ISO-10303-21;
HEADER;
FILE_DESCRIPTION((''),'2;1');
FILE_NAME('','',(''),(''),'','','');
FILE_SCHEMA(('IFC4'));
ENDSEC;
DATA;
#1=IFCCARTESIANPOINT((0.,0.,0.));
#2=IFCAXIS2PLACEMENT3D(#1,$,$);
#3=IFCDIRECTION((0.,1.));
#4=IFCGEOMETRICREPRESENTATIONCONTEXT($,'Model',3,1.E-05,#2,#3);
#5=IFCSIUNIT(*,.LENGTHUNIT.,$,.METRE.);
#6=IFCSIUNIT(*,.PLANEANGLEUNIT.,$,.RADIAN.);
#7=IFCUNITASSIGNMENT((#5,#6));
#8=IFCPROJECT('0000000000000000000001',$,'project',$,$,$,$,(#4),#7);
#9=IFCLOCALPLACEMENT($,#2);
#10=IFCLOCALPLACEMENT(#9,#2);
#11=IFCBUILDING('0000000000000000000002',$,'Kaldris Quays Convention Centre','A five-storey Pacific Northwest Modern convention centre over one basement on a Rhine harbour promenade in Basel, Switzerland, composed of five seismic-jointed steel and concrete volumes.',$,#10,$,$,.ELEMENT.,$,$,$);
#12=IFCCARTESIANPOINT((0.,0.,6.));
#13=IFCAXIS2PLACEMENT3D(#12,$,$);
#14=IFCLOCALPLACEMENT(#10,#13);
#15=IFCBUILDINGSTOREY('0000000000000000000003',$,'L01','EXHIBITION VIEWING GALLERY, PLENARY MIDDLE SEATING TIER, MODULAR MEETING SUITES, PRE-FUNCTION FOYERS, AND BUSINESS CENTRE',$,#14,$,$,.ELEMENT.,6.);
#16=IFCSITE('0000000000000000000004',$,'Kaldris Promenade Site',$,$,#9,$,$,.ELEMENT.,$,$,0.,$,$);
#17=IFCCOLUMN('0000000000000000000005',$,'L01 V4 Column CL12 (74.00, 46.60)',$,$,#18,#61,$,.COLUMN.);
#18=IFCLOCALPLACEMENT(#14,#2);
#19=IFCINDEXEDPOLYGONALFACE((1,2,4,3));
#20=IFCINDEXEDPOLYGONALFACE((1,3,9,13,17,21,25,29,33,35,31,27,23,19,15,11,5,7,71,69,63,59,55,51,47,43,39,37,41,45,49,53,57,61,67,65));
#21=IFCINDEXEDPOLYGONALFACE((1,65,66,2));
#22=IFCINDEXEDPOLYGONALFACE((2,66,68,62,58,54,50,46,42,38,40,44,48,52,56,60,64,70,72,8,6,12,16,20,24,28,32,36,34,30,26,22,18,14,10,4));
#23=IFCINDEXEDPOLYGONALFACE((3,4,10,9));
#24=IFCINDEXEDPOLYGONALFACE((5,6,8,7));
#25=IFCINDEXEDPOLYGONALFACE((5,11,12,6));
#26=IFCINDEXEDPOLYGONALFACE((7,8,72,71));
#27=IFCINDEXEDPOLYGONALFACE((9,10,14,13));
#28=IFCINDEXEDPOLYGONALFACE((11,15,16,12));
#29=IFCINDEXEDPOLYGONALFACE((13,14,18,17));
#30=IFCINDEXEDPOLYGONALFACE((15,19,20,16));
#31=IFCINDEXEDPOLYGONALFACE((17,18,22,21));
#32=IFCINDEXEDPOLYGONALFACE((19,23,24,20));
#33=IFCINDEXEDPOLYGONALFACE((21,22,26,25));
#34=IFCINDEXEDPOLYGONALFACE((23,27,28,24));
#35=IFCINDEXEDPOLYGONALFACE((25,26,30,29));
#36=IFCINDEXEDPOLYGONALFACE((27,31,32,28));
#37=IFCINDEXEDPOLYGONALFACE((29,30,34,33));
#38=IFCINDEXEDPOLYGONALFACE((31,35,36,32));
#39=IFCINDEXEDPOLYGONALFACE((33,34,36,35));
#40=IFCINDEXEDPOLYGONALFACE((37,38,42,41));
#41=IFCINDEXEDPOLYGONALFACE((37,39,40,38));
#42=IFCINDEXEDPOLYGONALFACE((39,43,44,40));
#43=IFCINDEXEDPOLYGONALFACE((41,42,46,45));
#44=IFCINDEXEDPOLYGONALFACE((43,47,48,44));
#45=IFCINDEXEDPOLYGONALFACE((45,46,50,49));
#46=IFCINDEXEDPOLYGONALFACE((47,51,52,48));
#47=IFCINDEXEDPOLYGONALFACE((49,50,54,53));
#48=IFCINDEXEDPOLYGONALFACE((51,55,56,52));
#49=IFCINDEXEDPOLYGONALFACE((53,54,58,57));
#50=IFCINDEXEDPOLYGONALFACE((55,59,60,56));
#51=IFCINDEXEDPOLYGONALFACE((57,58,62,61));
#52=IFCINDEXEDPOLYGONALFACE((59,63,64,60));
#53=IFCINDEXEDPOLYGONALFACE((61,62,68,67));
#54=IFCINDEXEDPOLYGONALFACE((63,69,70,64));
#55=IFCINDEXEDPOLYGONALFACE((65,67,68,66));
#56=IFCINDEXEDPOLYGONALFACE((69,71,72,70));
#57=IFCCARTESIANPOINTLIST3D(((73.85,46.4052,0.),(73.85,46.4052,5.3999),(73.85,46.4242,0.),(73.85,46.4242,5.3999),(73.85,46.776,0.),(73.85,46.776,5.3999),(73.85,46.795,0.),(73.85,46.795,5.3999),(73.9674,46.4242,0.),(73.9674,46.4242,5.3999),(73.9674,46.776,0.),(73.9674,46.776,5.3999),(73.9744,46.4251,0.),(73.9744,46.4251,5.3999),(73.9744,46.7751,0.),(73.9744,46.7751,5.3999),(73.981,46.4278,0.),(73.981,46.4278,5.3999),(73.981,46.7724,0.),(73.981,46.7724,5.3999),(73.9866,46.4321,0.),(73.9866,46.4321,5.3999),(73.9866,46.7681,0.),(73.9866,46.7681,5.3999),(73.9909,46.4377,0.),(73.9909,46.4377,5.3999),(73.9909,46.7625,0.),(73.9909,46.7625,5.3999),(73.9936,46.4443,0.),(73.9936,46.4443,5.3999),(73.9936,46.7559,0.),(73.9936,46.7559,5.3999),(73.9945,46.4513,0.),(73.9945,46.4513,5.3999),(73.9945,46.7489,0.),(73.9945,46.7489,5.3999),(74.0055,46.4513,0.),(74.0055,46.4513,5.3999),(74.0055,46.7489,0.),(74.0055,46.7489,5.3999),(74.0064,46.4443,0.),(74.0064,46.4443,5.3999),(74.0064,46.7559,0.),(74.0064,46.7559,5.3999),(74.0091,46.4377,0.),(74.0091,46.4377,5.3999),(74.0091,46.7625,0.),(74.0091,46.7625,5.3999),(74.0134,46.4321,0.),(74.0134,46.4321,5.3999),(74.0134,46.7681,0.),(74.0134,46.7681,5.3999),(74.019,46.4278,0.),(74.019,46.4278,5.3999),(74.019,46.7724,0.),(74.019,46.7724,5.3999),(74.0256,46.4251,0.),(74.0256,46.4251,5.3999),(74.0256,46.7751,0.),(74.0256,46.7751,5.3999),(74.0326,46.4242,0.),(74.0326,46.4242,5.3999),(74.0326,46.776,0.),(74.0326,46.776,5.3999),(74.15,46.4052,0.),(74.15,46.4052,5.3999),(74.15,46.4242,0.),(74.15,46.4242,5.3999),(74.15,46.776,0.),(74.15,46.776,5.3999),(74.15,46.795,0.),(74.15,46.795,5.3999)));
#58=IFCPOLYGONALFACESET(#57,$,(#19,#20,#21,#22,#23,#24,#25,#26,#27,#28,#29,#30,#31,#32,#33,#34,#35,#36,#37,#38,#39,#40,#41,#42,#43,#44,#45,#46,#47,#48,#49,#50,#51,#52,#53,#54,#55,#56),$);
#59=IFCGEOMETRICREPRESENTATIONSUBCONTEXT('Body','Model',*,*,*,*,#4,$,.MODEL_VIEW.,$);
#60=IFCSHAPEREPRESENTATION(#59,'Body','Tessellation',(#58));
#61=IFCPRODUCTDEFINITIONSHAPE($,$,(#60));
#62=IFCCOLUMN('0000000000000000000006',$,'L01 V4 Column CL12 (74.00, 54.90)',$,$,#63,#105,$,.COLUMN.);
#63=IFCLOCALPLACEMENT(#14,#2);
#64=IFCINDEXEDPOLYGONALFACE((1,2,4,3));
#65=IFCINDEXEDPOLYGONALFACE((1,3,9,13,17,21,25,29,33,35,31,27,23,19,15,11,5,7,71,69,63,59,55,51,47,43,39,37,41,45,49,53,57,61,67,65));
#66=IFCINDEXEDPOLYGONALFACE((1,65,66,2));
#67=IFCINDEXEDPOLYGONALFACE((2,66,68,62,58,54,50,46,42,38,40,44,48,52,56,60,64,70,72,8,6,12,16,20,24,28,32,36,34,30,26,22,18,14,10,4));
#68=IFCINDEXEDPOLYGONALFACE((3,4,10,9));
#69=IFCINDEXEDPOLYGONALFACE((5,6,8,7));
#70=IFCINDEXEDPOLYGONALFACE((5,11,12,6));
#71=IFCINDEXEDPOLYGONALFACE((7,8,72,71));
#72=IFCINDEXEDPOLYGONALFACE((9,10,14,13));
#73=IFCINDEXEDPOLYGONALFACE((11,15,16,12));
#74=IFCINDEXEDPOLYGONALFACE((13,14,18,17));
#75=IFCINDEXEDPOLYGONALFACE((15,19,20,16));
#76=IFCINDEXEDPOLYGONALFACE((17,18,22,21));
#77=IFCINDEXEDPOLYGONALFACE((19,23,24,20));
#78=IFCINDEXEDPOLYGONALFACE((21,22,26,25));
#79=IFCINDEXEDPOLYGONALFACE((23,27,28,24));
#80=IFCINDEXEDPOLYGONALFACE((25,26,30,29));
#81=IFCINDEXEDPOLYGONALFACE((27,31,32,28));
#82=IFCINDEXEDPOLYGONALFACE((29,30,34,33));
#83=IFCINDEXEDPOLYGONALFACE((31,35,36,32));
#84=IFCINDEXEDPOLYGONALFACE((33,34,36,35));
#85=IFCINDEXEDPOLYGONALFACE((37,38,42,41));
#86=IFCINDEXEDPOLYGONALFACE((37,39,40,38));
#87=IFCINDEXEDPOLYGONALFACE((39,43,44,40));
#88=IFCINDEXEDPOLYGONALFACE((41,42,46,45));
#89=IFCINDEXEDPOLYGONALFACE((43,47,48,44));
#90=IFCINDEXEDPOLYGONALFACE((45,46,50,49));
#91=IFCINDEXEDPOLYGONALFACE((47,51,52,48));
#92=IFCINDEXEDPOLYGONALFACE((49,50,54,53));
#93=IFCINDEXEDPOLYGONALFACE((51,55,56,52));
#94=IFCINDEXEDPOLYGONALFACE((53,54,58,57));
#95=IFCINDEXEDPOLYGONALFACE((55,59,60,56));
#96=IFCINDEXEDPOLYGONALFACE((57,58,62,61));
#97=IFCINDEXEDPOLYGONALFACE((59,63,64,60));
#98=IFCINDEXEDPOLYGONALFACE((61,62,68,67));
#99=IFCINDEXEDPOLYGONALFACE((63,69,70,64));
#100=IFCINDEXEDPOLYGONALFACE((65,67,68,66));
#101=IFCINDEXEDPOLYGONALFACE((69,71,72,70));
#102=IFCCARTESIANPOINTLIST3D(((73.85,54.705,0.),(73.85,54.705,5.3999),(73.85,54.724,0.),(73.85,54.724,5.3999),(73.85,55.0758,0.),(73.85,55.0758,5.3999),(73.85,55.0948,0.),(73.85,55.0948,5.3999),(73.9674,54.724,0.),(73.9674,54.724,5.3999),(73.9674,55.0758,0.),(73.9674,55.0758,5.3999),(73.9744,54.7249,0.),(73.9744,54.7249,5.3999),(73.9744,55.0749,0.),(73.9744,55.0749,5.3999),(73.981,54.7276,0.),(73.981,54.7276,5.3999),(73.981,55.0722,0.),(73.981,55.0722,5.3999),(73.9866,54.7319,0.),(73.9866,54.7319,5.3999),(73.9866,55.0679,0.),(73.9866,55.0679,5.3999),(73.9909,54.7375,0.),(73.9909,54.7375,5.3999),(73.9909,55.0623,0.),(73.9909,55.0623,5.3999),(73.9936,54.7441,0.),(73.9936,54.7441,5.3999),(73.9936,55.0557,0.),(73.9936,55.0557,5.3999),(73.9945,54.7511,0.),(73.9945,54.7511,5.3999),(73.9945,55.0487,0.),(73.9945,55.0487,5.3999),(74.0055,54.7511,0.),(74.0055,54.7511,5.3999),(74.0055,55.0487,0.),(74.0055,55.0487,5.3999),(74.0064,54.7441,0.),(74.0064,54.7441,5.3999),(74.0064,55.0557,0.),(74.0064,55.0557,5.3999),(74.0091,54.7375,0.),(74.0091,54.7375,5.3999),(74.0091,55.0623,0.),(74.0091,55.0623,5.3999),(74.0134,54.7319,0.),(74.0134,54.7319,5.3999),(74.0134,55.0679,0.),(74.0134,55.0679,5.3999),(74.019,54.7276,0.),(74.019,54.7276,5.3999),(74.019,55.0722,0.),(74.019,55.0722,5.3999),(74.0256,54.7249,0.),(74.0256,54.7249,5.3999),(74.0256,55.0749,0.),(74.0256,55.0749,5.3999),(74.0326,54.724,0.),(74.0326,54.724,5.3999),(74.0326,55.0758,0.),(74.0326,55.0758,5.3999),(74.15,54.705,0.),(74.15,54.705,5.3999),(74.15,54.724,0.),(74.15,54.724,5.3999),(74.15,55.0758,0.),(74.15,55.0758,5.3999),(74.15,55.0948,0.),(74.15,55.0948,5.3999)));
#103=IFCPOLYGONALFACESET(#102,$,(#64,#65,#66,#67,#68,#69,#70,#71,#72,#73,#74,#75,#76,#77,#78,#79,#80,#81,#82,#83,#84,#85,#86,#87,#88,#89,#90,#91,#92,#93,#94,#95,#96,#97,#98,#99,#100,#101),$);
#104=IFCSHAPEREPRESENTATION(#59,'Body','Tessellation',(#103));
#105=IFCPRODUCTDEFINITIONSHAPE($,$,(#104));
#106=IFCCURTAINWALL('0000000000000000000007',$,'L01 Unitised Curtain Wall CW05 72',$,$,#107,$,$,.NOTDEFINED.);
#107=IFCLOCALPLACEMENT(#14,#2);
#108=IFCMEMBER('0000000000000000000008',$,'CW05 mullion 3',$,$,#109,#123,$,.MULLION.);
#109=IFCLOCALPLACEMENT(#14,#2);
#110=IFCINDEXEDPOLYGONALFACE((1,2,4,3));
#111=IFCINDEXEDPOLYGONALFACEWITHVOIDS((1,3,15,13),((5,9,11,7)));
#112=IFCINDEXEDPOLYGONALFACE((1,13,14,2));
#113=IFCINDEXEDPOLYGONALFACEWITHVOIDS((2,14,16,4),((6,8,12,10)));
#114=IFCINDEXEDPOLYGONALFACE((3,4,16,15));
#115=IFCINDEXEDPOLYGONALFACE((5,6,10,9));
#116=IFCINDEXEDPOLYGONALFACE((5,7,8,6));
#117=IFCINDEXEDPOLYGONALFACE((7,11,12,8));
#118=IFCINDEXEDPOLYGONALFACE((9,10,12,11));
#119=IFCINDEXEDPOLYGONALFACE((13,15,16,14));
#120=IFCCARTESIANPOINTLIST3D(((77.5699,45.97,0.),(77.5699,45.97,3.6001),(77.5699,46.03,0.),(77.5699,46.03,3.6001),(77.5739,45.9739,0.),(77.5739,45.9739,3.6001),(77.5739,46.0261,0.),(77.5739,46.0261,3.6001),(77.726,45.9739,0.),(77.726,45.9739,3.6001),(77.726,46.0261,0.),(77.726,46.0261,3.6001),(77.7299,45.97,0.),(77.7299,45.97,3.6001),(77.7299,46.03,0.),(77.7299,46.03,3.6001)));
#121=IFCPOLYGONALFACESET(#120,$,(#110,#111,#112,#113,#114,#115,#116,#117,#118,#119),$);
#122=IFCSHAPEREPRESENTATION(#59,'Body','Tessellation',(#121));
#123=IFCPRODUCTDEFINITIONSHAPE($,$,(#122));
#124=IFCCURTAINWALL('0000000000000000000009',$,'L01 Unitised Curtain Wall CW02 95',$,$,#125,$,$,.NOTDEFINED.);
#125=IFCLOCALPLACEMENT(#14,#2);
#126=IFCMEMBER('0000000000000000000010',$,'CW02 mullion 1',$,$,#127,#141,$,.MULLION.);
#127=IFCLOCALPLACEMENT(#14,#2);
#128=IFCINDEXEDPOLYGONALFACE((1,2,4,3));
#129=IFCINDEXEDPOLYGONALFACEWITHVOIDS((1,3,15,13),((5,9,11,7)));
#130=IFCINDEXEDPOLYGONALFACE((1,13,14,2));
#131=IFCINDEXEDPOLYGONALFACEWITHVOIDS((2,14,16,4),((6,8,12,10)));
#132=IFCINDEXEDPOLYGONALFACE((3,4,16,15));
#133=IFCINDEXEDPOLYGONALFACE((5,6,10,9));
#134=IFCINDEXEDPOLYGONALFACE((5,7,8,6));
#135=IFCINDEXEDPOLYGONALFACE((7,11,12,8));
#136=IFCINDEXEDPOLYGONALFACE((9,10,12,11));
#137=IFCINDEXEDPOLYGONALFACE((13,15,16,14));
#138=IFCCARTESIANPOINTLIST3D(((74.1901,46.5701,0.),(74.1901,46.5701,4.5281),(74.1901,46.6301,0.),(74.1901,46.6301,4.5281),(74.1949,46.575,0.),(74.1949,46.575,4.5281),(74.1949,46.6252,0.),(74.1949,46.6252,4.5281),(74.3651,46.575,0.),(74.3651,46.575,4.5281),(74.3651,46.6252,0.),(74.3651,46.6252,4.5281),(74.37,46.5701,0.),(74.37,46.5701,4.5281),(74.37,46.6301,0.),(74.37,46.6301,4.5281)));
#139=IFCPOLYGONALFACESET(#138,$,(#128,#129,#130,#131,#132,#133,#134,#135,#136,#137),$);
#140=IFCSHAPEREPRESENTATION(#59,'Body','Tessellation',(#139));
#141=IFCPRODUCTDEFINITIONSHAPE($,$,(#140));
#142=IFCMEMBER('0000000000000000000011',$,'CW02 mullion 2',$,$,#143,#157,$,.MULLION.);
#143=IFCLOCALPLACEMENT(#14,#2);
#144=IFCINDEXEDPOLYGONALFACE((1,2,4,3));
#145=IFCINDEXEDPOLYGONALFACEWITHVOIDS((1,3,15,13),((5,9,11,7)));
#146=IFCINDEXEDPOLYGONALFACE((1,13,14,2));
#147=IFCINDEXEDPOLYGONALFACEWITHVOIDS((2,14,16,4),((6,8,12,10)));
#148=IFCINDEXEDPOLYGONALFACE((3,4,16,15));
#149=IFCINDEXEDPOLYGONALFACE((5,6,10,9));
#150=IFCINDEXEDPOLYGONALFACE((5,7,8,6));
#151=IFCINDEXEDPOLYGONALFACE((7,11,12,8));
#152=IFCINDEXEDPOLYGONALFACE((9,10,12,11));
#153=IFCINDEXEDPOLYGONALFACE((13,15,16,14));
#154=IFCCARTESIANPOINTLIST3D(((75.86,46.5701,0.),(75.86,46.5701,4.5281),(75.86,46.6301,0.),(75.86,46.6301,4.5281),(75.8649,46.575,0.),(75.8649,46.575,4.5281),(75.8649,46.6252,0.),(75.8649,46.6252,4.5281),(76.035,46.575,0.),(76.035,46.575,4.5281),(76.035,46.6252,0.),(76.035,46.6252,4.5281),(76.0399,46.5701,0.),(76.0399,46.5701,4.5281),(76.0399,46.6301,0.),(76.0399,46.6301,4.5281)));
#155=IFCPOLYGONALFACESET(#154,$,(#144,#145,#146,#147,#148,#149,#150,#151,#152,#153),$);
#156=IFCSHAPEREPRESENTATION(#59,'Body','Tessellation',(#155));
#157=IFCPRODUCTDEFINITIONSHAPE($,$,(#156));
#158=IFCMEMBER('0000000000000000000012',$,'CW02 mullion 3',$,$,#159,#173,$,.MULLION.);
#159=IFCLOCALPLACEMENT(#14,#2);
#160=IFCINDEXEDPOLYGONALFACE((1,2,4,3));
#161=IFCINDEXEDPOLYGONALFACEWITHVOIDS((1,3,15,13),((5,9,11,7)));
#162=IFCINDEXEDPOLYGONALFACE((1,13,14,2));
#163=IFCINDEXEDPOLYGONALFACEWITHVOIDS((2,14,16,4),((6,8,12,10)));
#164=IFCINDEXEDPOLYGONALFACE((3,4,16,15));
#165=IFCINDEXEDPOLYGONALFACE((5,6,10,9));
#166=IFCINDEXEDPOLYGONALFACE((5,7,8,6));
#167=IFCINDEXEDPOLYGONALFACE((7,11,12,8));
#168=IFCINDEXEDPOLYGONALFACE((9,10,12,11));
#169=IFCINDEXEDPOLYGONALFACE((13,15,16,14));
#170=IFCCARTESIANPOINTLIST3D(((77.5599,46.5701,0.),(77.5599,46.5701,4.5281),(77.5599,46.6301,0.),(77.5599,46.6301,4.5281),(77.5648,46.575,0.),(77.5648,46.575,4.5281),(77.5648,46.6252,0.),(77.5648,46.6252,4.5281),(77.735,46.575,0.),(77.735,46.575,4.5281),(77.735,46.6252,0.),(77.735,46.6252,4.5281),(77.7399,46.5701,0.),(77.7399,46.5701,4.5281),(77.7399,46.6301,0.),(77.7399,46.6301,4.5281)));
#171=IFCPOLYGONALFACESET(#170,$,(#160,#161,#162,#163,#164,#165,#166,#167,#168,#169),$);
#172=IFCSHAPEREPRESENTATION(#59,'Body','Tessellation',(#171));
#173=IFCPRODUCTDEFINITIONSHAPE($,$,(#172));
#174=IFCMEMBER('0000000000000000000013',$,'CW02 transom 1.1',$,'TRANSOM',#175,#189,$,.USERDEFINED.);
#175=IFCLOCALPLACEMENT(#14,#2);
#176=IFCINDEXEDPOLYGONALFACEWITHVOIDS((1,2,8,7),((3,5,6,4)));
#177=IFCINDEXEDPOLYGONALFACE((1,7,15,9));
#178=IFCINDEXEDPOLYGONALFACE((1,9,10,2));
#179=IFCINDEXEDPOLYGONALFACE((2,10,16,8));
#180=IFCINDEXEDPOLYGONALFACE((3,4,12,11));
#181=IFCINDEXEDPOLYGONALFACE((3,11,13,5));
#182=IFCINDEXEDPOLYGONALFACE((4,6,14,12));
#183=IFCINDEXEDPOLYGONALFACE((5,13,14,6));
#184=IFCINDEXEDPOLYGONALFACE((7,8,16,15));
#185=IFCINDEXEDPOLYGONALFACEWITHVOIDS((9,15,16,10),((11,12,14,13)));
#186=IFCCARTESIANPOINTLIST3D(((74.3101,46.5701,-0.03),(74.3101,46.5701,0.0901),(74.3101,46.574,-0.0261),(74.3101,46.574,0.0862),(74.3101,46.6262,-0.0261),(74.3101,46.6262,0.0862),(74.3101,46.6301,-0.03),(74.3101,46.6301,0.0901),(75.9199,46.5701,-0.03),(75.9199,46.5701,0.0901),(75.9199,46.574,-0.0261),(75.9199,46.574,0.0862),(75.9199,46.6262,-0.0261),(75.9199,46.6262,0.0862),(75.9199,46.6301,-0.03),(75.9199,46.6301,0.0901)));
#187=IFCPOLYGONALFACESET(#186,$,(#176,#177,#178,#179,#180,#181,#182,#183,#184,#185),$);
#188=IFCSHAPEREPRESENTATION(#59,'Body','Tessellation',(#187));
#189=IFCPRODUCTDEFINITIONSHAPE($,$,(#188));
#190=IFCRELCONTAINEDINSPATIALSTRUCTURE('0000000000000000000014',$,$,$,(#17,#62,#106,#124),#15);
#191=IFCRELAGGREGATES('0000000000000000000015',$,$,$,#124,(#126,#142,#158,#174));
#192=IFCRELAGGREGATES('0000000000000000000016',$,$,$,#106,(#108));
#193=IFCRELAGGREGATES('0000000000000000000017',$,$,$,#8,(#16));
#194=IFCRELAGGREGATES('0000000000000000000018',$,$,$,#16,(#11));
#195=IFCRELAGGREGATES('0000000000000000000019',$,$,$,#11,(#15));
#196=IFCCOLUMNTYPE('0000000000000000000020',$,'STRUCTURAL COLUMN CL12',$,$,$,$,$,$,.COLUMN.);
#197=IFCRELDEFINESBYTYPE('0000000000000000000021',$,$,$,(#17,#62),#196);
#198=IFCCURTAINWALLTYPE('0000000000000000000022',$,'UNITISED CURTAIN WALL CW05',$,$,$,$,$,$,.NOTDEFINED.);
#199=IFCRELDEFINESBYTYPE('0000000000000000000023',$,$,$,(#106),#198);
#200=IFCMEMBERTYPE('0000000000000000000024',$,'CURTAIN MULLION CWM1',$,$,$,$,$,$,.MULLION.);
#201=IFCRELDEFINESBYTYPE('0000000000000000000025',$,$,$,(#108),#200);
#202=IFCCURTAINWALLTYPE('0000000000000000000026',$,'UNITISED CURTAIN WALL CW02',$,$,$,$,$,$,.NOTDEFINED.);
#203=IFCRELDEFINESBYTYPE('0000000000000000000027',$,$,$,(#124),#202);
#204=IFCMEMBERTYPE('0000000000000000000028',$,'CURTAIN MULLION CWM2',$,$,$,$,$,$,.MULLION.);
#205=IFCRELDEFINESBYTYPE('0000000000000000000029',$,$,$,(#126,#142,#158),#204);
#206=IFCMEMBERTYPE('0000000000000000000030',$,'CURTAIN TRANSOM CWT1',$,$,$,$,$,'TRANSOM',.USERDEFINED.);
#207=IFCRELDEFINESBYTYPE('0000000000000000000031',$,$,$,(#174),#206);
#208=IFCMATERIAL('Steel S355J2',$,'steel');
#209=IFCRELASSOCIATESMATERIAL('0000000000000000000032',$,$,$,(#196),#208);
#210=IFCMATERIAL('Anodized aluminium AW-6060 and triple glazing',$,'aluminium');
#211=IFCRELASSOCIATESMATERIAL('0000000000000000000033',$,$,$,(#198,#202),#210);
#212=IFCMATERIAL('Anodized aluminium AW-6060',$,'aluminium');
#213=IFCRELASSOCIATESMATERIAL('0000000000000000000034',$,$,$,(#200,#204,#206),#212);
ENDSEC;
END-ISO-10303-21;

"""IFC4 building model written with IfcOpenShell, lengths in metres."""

from ifc_helpers import new_model, si_unit, direction, frame, origin, origin_2d, place, context, subcontext, project, spatial, hollow_rectangle, i_section, extrude, material, material_profile, profile_set, type_object, element, aggregate, save


model = new_model("IFC4")

# Units and contexts
model_context = context("Model", 3, precision=1e-05, world=origin(), true_north=direction((0.0, 1.0)))
body_context = subcontext(model_context, "Body", "Model", "MODEL_VIEW")
ifc_project = project(units=[si_unit("LENGTHUNIT", "METRE"), si_unit("PLANEANGLEUNIT", "RADIAN")], contexts=[model_context])

# Site, building, storey
site_placement = place(None, origin())
site = spatial("IfcSite", under=ifc_project, at=site_placement, Name="Kaldris Promenade Site", CompositionType="ELEMENT", RefElevation=0.0)
building_placement = place(site_placement, origin())
building = spatial("IfcBuilding", under=site, at=building_placement, Name="Kaldris Quays Convention Centre", Description="A five-storey Pacific Northwest Modern convention centre over one basement on a Rhine harbour promenade in Basel, Switzerland, composed of five seismic-jointed steel and concrete volumes.", CompositionType="ELEMENT")
storey_placement = place(building_placement, frame((0.0, 0.0, 6.0)))
storey = spatial("IfcBuildingStorey", under=building, at=storey_placement, Name="L01", Description="EXHIBITION VIEWING GALLERY, PLENARY MIDDLE SEATING TIER, MODULAR MEETING SUITES, PRE-FUNCTION FOYERS, AND BUSINESS CENTRE", CompositionType="ELEMENT", Elevation=6.0)

# Columns
ifc_material_1 = material(Name="Steel S355J2", Category="steel")
ifc_material_profile_1 = material_profile(ifc_material_1, i_section(OverallWidth=0.3, OverallDepth=0.3899, WebThickness=0.011, FlangeThickness=0.019, FilletRadius=0.0271, at=origin_2d()), Name="HEA 400")
ifc_profile_set_1 = profile_set([ifc_material_profile_1], Name="Steel S355J2")
column_type = type_object("IfcColumnType", Name="STRUCTURAL COLUMN CL12", PredefinedType="COLUMN", material=ifc_profile_set_1)
for number, where, z_axis, x_axis, name in (
    (1, (74.0, 46.6001, 0.0), (0.0, 0.0, 1.0), (1.0, 0.0, 0.0), "L01 V4 Column CL12 (74.00, 46.60)"),
    (2, (74.0, 54.8999, 0.0), (0.0, 0.0, 1.0), (1.0, 0.0, 0.0), "L01 V4 Column CL12 (74.00, 54.90)"),
):
    element("IfcColumn", number, at=place(storey_placement, frame(where, z_axis=z_axis, x_axis=x_axis)), inside=storey, type_object=column_type, Name=name, PredefinedType="COLUMN", context=body_context, shape_type="SweptSolid", body=[
        extrude(i_section(OverallWidth=0.3, OverallDepth=0.3899, WebThickness=0.011, FlangeThickness=0.019, FilletRadius=0.0271, at=origin_2d()), origin(), (0.0, 0.0, 1.0), 5.3999),
    ])

# Curtain wall, member
ifc_material_2 = material(Name="Anodized aluminium AW-6060 and triple glazing", Category="aluminium")
curtain_wall_type_1 = type_object("IfcCurtainWallType", Name="UNITISED CURTAIN WALL CW05", PredefinedType="NOTDEFINED", material=ifc_material_2)
curtain_wall_1_placement = place(storey_placement, origin())
curtain_wall_1 = element("IfcCurtainWall", 3, at=curtain_wall_1_placement, inside=storey, type_object=curtain_wall_type_1, Name="L01 Unitised Curtain Wall CW05 72", PredefinedType="NOTDEFINED")
ifc_material_3 = material(Name="Anodized aluminium AW-6060", Category="aluminium")
ifc_material_profile_2 = material_profile(ifc_material_3, hollow_rectangle(XDim=0.0601, YDim=0.1599, WallThickness=0.0039, at=origin_2d()), Name="RHS 160x60x4")
ifc_profile_set_2 = profile_set([ifc_material_profile_2], Name="Anodized aluminium AW-6060")
member_type_1 = type_object("IfcMemberType", Name="CURTAIN MULLION CWM1", PredefinedType="MULLION", material=ifc_profile_set_2)
member_1_placement = place(storey_placement, frame((77.6499, 46.0, 0.0), z_axis=(0.0, 0.0, 1.0), x_axis=(0.0, 1.0, 0.0)))
member_1 = element("IfcMember", 4, at=member_1_placement, type_object=member_type_1, Name="CW05 mullion 3", PredefinedType="MULLION", context=body_context, shape_type="SweptSolid", body=[
    extrude(hollow_rectangle(XDim=0.0601, YDim=0.1599, WallThickness=0.0039, at=origin_2d()), origin(), (0.0, 0.0, 1.0), 3.6001),
])

# Curtain wall, members
curtain_wall_type_2 = type_object("IfcCurtainWallType", Name="UNITISED CURTAIN WALL CW02", PredefinedType="NOTDEFINED", material=ifc_material_2)
curtain_wall_2_placement = place(storey_placement, origin())
curtain_wall_2 = element("IfcCurtainWall", 5, at=curtain_wall_2_placement, inside=storey, type_object=curtain_wall_type_2, Name="L01 Unitised Curtain Wall CW02 95", PredefinedType="NOTDEFINED")
ifc_material_profile_3 = material_profile(ifc_material_3, hollow_rectangle(XDim=0.0601, YDim=0.1799, WallThickness=0.0049, at=origin_2d()), Name="RHS 180x60x5")
ifc_profile_set_3 = profile_set([ifc_material_profile_3], Name="Anodized aluminium AW-6060")
member_type_2 = type_object("IfcMemberType", Name="CURTAIN MULLION CWM2", PredefinedType="MULLION", material=ifc_profile_set_3)
member_2_placement = place(storey_placement, frame((74.28, 46.6001, 0.0), z_axis=(0.0, 0.0, 1.0), x_axis=(0.0, 1.0, 0.0)))
member_2 = element("IfcMember", 6, at=member_2_placement, type_object=member_type_2, Name="CW02 mullion 1", PredefinedType="MULLION", context=body_context, shape_type="SweptSolid", body=[
    extrude(hollow_rectangle(XDim=0.0601, YDim=0.1799, WallThickness=0.0049, at=origin_2d()), origin(), (0.0, 0.0, 1.0), 4.5281),
])
member_3_placement = place(storey_placement, frame((75.95, 46.6001, 0.0), z_axis=(0.0, 0.0, 1.0), x_axis=(0.0, 1.0, 0.0)))
member_3 = element("IfcMember", 7, at=member_3_placement, type_object=member_type_2, Name="CW02 mullion 2", PredefinedType="MULLION", context=body_context, shape_type="SweptSolid", body=[
    extrude(hollow_rectangle(XDim=0.0601, YDim=0.1799, WallThickness=0.0049, at=origin_2d()), origin(), (0.0, 0.0, 1.0), 4.5281),
])
member_4_placement = place(storey_placement, frame((77.6499, 46.6001, 0.0), z_axis=(0.0, 0.0, 1.0), x_axis=(0.0, 1.0, 0.0)))
member_4 = element("IfcMember", 8, at=member_4_placement, type_object=member_type_2, Name="CW02 mullion 3", PredefinedType="MULLION", context=body_context, shape_type="SweptSolid", body=[
    extrude(hollow_rectangle(XDim=0.0601, YDim=0.1799, WallThickness=0.0049, at=origin_2d()), origin(), (0.0, 0.0, 1.0), 4.5281),
])
ifc_material_profile_4 = material_profile(ifc_material_3, hollow_rectangle(XDim=0.0601, YDim=0.1201, WallThickness=0.0039, at=origin_2d()), Name="RHS 120x60x4")
ifc_profile_set_4 = profile_set([ifc_material_profile_4], Name="Anodized aluminium AW-6060")
member_type_3 = type_object("IfcMemberType", Name="CURTAIN TRANSOM CWT1", ElementType="TRANSOM", PredefinedType="USERDEFINED", material=ifc_profile_set_4)
member_5_placement = place(storey_placement, frame((74.3101, 46.6001, 0.03), z_axis=(1.0, 0.0, 0.0), x_axis=(0.0, 1.0, 0.0)))
member_5 = element("IfcMember", 9, at=member_5_placement, type_object=member_type_3, Name="CW02 transom 1.1", ObjectType="TRANSOM", PredefinedType="USERDEFINED", context=body_context, shape_type="SweptSolid", body=[
    extrude(hollow_rectangle(XDim=0.0601, YDim=0.1201, WallThickness=0.0039, at=origin_2d()), origin(), (0.0, 0.0, 1.0), 1.6099),
])

aggregate(curtain_wall_2, [member_2, member_3, member_4, member_5])
aggregate(curtain_wall_1, [member_1])

save(model, "model.ifc")
